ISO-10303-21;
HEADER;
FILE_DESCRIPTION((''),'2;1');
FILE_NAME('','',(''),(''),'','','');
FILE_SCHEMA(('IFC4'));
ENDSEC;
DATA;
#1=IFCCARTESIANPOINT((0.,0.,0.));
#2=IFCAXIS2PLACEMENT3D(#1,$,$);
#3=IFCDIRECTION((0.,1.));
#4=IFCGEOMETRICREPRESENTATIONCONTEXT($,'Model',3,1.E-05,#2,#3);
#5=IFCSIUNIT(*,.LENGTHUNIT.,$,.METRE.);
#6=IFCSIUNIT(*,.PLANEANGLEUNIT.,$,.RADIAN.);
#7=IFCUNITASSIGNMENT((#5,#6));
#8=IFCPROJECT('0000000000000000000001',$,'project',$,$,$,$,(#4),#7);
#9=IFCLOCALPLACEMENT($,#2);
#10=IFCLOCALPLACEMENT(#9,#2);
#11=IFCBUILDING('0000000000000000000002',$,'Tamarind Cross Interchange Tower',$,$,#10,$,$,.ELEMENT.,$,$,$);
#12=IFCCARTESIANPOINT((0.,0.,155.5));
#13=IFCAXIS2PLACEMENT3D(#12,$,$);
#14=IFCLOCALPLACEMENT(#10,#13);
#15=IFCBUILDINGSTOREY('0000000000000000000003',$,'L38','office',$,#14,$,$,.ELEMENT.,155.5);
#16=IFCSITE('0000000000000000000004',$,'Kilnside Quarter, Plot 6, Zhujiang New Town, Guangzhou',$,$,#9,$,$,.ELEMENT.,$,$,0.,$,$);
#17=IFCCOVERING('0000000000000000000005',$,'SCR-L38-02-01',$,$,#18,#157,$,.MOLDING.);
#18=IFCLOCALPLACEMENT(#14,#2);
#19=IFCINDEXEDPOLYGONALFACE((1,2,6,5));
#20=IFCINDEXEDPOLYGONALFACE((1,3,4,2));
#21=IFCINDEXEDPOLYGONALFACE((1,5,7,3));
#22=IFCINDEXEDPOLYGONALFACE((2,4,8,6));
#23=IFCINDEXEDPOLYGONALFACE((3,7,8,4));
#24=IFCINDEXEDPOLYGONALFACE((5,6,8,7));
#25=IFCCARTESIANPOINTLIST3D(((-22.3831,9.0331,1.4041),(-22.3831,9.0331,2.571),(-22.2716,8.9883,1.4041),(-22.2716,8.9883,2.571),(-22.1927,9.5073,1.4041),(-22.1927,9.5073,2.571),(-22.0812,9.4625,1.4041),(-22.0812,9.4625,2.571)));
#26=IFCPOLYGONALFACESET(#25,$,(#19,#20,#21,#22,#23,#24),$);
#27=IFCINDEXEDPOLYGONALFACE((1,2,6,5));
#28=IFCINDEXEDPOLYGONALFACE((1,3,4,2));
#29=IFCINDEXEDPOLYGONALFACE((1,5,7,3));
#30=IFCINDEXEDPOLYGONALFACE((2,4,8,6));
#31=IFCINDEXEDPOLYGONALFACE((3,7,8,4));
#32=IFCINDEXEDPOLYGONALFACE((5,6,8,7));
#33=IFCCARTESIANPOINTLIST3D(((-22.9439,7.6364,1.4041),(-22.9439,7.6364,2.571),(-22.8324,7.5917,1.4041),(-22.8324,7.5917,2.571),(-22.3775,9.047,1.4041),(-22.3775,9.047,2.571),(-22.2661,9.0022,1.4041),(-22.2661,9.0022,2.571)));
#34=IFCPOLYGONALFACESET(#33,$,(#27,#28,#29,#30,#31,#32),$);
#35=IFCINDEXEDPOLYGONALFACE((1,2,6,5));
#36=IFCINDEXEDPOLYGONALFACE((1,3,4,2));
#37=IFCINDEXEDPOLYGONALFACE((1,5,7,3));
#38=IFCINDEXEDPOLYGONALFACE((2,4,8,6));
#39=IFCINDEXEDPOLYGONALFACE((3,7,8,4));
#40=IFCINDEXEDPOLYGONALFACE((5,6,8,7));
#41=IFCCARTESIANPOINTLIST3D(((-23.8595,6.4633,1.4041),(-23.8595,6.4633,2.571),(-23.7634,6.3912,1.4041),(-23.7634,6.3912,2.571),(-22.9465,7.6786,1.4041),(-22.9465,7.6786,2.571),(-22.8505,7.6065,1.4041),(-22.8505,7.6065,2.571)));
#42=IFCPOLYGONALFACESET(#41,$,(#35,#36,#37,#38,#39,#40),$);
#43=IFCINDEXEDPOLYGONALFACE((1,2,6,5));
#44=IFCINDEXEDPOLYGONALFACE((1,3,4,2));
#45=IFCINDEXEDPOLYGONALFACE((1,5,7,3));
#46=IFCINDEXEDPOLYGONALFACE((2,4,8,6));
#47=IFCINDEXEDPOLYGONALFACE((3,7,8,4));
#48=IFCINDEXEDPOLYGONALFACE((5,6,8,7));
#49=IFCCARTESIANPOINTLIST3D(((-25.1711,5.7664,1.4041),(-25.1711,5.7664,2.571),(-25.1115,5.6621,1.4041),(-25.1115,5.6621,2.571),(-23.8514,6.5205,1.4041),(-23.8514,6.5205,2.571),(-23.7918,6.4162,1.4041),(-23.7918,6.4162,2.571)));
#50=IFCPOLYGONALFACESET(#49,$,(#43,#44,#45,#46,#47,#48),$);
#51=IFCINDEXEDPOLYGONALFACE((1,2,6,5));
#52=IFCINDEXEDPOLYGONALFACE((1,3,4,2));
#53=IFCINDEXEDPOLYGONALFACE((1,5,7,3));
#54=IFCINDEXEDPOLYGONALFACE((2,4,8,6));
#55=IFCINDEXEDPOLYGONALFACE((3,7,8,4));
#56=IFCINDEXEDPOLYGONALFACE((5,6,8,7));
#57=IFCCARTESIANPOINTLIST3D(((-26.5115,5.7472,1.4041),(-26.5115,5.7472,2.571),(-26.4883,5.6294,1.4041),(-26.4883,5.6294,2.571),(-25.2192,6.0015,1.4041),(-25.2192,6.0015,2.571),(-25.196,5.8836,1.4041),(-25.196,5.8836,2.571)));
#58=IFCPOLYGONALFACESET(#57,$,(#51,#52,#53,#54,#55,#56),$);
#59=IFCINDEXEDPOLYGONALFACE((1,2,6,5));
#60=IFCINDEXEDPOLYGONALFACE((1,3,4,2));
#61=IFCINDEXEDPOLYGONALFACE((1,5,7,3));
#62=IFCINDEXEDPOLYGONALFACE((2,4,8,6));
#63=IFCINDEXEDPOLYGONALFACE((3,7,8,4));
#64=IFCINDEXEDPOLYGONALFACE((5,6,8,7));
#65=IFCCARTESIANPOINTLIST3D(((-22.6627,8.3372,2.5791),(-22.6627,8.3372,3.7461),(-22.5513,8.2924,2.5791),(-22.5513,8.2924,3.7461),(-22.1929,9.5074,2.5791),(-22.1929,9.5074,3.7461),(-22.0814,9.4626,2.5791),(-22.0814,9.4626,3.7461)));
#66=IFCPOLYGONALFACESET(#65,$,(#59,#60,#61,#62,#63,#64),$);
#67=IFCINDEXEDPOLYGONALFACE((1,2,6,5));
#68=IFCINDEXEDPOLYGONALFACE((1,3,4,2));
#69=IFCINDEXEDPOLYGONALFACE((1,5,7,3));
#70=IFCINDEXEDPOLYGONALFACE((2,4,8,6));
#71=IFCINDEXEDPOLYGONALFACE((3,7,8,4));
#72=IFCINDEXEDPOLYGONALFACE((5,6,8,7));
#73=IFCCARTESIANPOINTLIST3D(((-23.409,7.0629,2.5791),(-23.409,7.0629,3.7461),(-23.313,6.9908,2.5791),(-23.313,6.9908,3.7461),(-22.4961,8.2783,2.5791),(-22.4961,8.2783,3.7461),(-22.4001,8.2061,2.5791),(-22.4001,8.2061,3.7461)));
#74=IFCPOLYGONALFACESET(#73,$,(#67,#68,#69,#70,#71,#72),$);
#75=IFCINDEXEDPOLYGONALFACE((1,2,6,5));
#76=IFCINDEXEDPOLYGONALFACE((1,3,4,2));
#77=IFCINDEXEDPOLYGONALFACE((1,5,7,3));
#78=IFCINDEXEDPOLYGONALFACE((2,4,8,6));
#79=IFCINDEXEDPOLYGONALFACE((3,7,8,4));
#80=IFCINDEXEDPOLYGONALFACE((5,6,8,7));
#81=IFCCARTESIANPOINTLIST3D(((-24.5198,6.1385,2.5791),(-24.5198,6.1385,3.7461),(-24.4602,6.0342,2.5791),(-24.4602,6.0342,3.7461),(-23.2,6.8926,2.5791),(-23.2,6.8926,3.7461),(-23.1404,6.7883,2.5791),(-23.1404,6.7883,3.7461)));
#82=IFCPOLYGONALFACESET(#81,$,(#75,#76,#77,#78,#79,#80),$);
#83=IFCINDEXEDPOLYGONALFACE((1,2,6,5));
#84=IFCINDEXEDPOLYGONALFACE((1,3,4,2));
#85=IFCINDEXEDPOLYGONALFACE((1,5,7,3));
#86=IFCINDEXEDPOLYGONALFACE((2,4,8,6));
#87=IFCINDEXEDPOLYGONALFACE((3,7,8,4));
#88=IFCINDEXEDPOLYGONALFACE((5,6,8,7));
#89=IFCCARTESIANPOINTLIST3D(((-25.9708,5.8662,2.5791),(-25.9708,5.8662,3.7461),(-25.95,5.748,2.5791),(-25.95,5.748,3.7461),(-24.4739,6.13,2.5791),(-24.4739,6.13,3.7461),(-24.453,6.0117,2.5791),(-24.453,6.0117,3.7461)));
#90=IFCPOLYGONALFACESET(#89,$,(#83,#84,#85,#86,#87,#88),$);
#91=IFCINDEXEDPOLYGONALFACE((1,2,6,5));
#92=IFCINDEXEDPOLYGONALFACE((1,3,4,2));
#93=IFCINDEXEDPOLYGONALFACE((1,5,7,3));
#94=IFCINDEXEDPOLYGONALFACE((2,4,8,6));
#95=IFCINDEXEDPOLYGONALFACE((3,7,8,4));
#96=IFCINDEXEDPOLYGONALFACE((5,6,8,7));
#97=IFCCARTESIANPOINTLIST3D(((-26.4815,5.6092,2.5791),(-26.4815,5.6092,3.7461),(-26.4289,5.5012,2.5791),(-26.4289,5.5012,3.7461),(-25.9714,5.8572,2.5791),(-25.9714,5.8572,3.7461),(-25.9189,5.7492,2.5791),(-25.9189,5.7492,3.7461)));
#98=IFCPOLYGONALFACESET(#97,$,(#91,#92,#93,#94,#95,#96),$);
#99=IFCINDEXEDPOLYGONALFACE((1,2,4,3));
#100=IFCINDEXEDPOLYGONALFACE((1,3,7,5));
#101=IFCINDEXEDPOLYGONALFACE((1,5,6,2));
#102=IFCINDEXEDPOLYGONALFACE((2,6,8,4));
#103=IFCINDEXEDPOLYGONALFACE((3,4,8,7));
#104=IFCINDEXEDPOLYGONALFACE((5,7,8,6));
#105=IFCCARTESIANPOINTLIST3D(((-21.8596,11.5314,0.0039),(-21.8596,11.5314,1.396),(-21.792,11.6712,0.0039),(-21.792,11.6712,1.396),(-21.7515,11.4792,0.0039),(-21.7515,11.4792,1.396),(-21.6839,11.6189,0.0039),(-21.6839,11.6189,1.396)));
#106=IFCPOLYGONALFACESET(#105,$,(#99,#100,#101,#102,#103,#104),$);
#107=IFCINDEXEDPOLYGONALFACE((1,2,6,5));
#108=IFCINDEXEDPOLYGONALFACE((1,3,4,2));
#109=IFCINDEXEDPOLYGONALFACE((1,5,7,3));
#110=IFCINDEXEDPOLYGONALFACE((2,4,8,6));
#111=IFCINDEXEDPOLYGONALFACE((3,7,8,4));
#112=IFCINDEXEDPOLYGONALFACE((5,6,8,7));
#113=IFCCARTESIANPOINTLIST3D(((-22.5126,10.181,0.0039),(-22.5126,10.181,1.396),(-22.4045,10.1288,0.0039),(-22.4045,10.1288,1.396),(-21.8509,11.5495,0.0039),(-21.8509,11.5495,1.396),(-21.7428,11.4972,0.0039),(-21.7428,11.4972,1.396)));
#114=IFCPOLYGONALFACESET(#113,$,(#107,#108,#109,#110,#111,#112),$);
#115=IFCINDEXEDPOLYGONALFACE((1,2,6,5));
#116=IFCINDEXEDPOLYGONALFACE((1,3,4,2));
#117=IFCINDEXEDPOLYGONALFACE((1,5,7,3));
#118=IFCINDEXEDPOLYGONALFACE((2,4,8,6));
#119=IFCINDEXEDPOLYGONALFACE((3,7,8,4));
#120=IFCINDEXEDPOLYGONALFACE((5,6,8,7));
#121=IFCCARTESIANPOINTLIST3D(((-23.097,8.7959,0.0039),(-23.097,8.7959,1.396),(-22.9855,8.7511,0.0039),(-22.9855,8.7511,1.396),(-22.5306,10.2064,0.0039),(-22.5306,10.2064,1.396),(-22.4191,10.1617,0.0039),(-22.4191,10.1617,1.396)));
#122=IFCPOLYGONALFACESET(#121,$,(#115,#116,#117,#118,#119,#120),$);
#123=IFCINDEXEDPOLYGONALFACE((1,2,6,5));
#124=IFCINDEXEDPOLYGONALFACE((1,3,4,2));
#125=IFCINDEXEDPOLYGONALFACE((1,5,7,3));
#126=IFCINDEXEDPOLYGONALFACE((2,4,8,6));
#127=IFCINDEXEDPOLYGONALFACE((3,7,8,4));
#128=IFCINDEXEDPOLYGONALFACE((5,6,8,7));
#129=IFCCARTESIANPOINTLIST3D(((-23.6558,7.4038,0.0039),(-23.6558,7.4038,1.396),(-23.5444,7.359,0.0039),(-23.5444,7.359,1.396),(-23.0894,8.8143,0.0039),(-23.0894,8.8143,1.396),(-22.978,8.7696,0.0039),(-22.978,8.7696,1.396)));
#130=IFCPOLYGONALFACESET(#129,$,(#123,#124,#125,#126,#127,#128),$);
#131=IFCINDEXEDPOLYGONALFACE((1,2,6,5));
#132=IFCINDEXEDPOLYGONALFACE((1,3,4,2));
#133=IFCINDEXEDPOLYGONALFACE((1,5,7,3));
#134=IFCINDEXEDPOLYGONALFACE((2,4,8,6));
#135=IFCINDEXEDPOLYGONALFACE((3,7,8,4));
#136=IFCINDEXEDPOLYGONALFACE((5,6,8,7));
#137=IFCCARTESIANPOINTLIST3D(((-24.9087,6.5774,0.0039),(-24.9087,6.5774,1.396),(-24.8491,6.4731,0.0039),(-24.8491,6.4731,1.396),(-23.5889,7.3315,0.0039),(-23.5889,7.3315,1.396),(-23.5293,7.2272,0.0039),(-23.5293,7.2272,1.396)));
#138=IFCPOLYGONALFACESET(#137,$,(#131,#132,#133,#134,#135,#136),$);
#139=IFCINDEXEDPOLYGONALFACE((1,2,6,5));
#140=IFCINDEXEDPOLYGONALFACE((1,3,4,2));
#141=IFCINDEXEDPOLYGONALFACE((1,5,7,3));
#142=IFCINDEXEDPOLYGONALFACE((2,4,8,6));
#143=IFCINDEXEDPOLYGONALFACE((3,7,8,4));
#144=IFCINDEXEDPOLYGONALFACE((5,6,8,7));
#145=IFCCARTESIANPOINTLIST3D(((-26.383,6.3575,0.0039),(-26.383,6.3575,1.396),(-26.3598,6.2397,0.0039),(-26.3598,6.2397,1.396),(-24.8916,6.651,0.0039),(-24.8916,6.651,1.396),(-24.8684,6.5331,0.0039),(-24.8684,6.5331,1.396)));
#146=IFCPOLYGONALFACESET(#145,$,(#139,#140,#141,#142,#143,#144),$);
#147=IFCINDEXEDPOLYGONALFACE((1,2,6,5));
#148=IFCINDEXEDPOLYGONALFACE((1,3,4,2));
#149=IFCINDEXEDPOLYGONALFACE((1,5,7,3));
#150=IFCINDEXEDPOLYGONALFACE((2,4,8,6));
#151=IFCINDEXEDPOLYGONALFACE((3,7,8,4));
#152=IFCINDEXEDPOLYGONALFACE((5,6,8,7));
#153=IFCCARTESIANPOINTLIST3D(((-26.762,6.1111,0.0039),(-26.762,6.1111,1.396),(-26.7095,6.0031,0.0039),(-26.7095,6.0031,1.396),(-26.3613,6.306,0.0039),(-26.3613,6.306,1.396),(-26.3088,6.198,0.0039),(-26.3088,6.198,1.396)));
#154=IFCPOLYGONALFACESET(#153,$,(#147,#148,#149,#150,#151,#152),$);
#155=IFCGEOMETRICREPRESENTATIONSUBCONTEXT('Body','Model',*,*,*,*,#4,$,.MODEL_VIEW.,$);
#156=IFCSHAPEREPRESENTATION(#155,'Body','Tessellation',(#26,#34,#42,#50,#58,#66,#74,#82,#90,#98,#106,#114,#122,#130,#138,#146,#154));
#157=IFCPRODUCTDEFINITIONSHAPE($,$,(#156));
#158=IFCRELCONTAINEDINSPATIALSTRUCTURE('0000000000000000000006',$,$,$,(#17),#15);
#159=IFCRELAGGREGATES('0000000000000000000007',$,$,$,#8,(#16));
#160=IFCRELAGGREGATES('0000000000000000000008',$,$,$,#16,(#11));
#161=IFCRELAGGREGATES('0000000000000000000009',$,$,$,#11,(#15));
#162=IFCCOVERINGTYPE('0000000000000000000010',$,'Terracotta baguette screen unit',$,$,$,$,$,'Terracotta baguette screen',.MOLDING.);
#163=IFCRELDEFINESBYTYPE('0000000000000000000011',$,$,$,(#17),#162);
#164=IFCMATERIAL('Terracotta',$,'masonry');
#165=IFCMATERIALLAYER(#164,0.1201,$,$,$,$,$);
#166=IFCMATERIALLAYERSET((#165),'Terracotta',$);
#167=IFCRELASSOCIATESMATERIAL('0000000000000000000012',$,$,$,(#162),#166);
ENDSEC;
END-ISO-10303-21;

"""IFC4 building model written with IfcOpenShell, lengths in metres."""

from ifc_helpers import new_model, si_unit, direction, frame, origin, origin_2d, place, context, subcontext, project, spatial, rectangle, extrude, material, layer, layer_set, type_object, element, save


model = new_model("IFC4")

# Units and contexts
model_context = context("Model", 3, precision=1e-05, world=origin(), true_north=direction((0.0, 1.0)))
body_context = subcontext(model_context, "Body", "Model", "MODEL_VIEW")
ifc_project = project(units=[si_unit("LENGTHUNIT", "METRE"), si_unit("PLANEANGLEUNIT", "RADIAN")], contexts=[model_context])

# Site, building, storey
site_placement = place(None, origin())
site = spatial("IfcSite", under=ifc_project, at=site_placement, Name="Kilnside Quarter, Plot 6, Zhujiang New Town, Guangzhou", CompositionType="ELEMENT", RefElevation=0.0)
building_placement = place(site_placement, origin())
building = spatial("IfcBuilding", under=site, at=building_placement, Name="Tamarind Cross Interchange Tower", CompositionType="ELEMENT")
storey_placement = place(building_placement, frame((0.0, 0.0, 155.5)))
storey = spatial("IfcBuildingStorey", under=building, at=storey_placement, Name="L38", Description="office", CompositionType="ELEMENT", Elevation=155.5)

# Covering
ifc_material_1 = material(Name="Terracotta", Category="masonry")
ifc_layer_1 = layer(ifc_material_1, 0.1201)
ifc_layer_set_1 = layer_set([ifc_layer_1], Name="Terracotta")
covering_type = type_object("IfcCoveringType", Name="Terracotta baguette screen unit", ElementType="Terracotta baguette screen", PredefinedType="MOLDING", material=ifc_layer_set_1)
covering_1_placement = place(storey_placement, origin())
element("IfcCovering", 1, at=covering_1_placement, inside=storey, type_object=covering_type, Name="SCR-L38-02-01", PredefinedType="MOLDING", context=body_context, shape_type="SweptSolid", body=[
    extrude(rectangle(XDim=0.511, YDim=0.1201, at=origin_2d()), frame((-22.2322, 9.2478, 1.4041), z_axis=(0.0, 0.0, 1.0), x_axis=(-0.37262, -0.927984, 0.0)), (0.0, 0.0, 1.0), 1.167),
    extrude(rectangle(XDim=1.52, YDim=0.1201, at=origin_2d()), frame((-22.605, 8.3193, 1.4041), z_axis=(0.0, 0.0, 1.0), x_axis=(-0.37262, -0.927984, 0.0)), (0.0, 0.0, 1.0), 1.167),
    extrude(rectangle(XDim=1.52, YDim=0.1201, at=origin_2d()), frame((-23.355, 7.0349, 1.4041), z_axis=(0.0, 0.0, 1.0), x_axis=(-0.600604, -0.799547, 0.0)), (0.0, 0.0, 1.0), 1.167),
    extrude(rectangle(XDim=1.52, YDim=0.1201, at=origin_2d()), frame((-24.4814, 6.0913, 1.4041), z_axis=(0.0, 0.0, 1.0), x_axis=(-0.868258, -0.496112, 0.0)), (0.0, 0.0, 1.0), 1.167),
    extrude(rectangle(XDim=1.3171, YDim=0.1201, at=origin_2d()), frame((-25.8538, 5.8154, 1.4041), z_axis=(0.0, 0.0, 1.0), x_axis=(-0.981187, -0.19306, 0.0)), (0.0, 0.0, 1.0), 1.167),
    extrude(rectangle(XDim=1.261, YDim=0.1201, at=origin_2d()), frame((-22.3721, 8.8999, 2.5791), z_axis=(0.0, 0.0, 1.0), x_axis=(-0.37262, -0.927984, 0.0)), (0.0, 0.0, 1.0), 1.167),
    extrude(rectangle(XDim=1.52, YDim=0.1201, at=origin_2d()), frame((-22.9045, 7.6345, 2.5791), z_axis=(0.0, 0.0, 1.0), x_axis=(-0.600604, -0.799547, 0.0)), (0.0, 0.0, 1.0), 1.167),
    extrude(rectangle(XDim=1.52, YDim=0.1201, at=origin_2d()), frame((-23.8301, 6.4634, 2.5791), z_axis=(0.0, 0.0, 1.0), x_axis=(-0.868258, -0.496112, 0.0)), (0.0, 0.0, 1.0), 1.167),
    extrude(rectangle(XDim=1.52, YDim=0.1201, at=origin_2d()), frame((-25.2119, 5.939, 2.5791), z_axis=(0.0, 0.0, 1.0), x_axis=(-0.984833, -0.173503, 0.0)), (0.0, 0.0, 1.0), 1.167),
    extrude(rectangle(XDim=0.5671, YDim=0.1201, at=origin_2d()), frame((-26.2002, 5.6792, 2.5791), z_axis=(0.0, 0.0, 1.0), x_axis=(-0.899301, -0.437329, 0.0)), (0.0, 0.0, 1.0), 1.167),
    extrude(rectangle(XDim=0.1553, YDim=0.1201, at=origin_2d()), frame((-21.7717, 11.5752, 0.0039), z_axis=(0.0, 0.0, 1.0), x_axis=(-0.435326, -0.900273, 0.0)), (0.0, 0.0, 1.0), 1.3921),
    extrude(rectangle(XDim=1.52, YDim=0.1201, at=origin_2d()), frame((-22.1277, 10.8391, 0.0039), z_axis=(0.0, 0.0, 1.0), x_axis=(-0.435326, -0.900273, 0.0)), (0.0, 0.0, 1.0), 1.3921),
    extrude(rectangle(XDim=1.52, YDim=0.1201, at=origin_2d()), frame((-22.7581, 9.4788, 0.0039), z_axis=(0.0, 0.0, 1.0), x_axis=(-0.37262, -0.927984, 0.0)), (0.0, 0.0, 1.0), 1.3921),
    extrude(rectangle(XDim=1.52, YDim=0.1201, at=origin_2d()), frame((-23.3169, 8.0867, 0.0039), z_axis=(0.0, 0.0, 1.0), x_axis=(-0.37262, -0.927984, 0.0)), (0.0, 0.0, 1.0), 1.3921),
    extrude(rectangle(XDim=1.52, YDim=0.1201, at=origin_2d()), frame((-24.219, 6.9023, 0.0039), z_axis=(0.0, 0.0, 1.0), x_axis=(-0.868258, -0.496112, 0.0)), (0.0, 0.0, 1.0), 1.3921),
    extrude(rectangle(XDim=1.52, YDim=0.1201, at=origin_2d()), frame((-25.6257, 6.4453, 0.0039), z_axis=(0.0, 0.0, 1.0), x_axis=(-0.981187, -0.19306, 0.0)), (0.0, 0.0, 1.0), 1.3921),
    extrude(rectangle(XDim=0.4456, YDim=0.1201, at=origin_2d()), frame((-26.5354, 6.1545, 0.0039), z_axis=(0.0, 0.0, 1.0), x_axis=(-0.899301, -0.437329, 0.0)), (0.0, 0.0, 1.0), 1.3921),
])

save(model, "model.ifc")
